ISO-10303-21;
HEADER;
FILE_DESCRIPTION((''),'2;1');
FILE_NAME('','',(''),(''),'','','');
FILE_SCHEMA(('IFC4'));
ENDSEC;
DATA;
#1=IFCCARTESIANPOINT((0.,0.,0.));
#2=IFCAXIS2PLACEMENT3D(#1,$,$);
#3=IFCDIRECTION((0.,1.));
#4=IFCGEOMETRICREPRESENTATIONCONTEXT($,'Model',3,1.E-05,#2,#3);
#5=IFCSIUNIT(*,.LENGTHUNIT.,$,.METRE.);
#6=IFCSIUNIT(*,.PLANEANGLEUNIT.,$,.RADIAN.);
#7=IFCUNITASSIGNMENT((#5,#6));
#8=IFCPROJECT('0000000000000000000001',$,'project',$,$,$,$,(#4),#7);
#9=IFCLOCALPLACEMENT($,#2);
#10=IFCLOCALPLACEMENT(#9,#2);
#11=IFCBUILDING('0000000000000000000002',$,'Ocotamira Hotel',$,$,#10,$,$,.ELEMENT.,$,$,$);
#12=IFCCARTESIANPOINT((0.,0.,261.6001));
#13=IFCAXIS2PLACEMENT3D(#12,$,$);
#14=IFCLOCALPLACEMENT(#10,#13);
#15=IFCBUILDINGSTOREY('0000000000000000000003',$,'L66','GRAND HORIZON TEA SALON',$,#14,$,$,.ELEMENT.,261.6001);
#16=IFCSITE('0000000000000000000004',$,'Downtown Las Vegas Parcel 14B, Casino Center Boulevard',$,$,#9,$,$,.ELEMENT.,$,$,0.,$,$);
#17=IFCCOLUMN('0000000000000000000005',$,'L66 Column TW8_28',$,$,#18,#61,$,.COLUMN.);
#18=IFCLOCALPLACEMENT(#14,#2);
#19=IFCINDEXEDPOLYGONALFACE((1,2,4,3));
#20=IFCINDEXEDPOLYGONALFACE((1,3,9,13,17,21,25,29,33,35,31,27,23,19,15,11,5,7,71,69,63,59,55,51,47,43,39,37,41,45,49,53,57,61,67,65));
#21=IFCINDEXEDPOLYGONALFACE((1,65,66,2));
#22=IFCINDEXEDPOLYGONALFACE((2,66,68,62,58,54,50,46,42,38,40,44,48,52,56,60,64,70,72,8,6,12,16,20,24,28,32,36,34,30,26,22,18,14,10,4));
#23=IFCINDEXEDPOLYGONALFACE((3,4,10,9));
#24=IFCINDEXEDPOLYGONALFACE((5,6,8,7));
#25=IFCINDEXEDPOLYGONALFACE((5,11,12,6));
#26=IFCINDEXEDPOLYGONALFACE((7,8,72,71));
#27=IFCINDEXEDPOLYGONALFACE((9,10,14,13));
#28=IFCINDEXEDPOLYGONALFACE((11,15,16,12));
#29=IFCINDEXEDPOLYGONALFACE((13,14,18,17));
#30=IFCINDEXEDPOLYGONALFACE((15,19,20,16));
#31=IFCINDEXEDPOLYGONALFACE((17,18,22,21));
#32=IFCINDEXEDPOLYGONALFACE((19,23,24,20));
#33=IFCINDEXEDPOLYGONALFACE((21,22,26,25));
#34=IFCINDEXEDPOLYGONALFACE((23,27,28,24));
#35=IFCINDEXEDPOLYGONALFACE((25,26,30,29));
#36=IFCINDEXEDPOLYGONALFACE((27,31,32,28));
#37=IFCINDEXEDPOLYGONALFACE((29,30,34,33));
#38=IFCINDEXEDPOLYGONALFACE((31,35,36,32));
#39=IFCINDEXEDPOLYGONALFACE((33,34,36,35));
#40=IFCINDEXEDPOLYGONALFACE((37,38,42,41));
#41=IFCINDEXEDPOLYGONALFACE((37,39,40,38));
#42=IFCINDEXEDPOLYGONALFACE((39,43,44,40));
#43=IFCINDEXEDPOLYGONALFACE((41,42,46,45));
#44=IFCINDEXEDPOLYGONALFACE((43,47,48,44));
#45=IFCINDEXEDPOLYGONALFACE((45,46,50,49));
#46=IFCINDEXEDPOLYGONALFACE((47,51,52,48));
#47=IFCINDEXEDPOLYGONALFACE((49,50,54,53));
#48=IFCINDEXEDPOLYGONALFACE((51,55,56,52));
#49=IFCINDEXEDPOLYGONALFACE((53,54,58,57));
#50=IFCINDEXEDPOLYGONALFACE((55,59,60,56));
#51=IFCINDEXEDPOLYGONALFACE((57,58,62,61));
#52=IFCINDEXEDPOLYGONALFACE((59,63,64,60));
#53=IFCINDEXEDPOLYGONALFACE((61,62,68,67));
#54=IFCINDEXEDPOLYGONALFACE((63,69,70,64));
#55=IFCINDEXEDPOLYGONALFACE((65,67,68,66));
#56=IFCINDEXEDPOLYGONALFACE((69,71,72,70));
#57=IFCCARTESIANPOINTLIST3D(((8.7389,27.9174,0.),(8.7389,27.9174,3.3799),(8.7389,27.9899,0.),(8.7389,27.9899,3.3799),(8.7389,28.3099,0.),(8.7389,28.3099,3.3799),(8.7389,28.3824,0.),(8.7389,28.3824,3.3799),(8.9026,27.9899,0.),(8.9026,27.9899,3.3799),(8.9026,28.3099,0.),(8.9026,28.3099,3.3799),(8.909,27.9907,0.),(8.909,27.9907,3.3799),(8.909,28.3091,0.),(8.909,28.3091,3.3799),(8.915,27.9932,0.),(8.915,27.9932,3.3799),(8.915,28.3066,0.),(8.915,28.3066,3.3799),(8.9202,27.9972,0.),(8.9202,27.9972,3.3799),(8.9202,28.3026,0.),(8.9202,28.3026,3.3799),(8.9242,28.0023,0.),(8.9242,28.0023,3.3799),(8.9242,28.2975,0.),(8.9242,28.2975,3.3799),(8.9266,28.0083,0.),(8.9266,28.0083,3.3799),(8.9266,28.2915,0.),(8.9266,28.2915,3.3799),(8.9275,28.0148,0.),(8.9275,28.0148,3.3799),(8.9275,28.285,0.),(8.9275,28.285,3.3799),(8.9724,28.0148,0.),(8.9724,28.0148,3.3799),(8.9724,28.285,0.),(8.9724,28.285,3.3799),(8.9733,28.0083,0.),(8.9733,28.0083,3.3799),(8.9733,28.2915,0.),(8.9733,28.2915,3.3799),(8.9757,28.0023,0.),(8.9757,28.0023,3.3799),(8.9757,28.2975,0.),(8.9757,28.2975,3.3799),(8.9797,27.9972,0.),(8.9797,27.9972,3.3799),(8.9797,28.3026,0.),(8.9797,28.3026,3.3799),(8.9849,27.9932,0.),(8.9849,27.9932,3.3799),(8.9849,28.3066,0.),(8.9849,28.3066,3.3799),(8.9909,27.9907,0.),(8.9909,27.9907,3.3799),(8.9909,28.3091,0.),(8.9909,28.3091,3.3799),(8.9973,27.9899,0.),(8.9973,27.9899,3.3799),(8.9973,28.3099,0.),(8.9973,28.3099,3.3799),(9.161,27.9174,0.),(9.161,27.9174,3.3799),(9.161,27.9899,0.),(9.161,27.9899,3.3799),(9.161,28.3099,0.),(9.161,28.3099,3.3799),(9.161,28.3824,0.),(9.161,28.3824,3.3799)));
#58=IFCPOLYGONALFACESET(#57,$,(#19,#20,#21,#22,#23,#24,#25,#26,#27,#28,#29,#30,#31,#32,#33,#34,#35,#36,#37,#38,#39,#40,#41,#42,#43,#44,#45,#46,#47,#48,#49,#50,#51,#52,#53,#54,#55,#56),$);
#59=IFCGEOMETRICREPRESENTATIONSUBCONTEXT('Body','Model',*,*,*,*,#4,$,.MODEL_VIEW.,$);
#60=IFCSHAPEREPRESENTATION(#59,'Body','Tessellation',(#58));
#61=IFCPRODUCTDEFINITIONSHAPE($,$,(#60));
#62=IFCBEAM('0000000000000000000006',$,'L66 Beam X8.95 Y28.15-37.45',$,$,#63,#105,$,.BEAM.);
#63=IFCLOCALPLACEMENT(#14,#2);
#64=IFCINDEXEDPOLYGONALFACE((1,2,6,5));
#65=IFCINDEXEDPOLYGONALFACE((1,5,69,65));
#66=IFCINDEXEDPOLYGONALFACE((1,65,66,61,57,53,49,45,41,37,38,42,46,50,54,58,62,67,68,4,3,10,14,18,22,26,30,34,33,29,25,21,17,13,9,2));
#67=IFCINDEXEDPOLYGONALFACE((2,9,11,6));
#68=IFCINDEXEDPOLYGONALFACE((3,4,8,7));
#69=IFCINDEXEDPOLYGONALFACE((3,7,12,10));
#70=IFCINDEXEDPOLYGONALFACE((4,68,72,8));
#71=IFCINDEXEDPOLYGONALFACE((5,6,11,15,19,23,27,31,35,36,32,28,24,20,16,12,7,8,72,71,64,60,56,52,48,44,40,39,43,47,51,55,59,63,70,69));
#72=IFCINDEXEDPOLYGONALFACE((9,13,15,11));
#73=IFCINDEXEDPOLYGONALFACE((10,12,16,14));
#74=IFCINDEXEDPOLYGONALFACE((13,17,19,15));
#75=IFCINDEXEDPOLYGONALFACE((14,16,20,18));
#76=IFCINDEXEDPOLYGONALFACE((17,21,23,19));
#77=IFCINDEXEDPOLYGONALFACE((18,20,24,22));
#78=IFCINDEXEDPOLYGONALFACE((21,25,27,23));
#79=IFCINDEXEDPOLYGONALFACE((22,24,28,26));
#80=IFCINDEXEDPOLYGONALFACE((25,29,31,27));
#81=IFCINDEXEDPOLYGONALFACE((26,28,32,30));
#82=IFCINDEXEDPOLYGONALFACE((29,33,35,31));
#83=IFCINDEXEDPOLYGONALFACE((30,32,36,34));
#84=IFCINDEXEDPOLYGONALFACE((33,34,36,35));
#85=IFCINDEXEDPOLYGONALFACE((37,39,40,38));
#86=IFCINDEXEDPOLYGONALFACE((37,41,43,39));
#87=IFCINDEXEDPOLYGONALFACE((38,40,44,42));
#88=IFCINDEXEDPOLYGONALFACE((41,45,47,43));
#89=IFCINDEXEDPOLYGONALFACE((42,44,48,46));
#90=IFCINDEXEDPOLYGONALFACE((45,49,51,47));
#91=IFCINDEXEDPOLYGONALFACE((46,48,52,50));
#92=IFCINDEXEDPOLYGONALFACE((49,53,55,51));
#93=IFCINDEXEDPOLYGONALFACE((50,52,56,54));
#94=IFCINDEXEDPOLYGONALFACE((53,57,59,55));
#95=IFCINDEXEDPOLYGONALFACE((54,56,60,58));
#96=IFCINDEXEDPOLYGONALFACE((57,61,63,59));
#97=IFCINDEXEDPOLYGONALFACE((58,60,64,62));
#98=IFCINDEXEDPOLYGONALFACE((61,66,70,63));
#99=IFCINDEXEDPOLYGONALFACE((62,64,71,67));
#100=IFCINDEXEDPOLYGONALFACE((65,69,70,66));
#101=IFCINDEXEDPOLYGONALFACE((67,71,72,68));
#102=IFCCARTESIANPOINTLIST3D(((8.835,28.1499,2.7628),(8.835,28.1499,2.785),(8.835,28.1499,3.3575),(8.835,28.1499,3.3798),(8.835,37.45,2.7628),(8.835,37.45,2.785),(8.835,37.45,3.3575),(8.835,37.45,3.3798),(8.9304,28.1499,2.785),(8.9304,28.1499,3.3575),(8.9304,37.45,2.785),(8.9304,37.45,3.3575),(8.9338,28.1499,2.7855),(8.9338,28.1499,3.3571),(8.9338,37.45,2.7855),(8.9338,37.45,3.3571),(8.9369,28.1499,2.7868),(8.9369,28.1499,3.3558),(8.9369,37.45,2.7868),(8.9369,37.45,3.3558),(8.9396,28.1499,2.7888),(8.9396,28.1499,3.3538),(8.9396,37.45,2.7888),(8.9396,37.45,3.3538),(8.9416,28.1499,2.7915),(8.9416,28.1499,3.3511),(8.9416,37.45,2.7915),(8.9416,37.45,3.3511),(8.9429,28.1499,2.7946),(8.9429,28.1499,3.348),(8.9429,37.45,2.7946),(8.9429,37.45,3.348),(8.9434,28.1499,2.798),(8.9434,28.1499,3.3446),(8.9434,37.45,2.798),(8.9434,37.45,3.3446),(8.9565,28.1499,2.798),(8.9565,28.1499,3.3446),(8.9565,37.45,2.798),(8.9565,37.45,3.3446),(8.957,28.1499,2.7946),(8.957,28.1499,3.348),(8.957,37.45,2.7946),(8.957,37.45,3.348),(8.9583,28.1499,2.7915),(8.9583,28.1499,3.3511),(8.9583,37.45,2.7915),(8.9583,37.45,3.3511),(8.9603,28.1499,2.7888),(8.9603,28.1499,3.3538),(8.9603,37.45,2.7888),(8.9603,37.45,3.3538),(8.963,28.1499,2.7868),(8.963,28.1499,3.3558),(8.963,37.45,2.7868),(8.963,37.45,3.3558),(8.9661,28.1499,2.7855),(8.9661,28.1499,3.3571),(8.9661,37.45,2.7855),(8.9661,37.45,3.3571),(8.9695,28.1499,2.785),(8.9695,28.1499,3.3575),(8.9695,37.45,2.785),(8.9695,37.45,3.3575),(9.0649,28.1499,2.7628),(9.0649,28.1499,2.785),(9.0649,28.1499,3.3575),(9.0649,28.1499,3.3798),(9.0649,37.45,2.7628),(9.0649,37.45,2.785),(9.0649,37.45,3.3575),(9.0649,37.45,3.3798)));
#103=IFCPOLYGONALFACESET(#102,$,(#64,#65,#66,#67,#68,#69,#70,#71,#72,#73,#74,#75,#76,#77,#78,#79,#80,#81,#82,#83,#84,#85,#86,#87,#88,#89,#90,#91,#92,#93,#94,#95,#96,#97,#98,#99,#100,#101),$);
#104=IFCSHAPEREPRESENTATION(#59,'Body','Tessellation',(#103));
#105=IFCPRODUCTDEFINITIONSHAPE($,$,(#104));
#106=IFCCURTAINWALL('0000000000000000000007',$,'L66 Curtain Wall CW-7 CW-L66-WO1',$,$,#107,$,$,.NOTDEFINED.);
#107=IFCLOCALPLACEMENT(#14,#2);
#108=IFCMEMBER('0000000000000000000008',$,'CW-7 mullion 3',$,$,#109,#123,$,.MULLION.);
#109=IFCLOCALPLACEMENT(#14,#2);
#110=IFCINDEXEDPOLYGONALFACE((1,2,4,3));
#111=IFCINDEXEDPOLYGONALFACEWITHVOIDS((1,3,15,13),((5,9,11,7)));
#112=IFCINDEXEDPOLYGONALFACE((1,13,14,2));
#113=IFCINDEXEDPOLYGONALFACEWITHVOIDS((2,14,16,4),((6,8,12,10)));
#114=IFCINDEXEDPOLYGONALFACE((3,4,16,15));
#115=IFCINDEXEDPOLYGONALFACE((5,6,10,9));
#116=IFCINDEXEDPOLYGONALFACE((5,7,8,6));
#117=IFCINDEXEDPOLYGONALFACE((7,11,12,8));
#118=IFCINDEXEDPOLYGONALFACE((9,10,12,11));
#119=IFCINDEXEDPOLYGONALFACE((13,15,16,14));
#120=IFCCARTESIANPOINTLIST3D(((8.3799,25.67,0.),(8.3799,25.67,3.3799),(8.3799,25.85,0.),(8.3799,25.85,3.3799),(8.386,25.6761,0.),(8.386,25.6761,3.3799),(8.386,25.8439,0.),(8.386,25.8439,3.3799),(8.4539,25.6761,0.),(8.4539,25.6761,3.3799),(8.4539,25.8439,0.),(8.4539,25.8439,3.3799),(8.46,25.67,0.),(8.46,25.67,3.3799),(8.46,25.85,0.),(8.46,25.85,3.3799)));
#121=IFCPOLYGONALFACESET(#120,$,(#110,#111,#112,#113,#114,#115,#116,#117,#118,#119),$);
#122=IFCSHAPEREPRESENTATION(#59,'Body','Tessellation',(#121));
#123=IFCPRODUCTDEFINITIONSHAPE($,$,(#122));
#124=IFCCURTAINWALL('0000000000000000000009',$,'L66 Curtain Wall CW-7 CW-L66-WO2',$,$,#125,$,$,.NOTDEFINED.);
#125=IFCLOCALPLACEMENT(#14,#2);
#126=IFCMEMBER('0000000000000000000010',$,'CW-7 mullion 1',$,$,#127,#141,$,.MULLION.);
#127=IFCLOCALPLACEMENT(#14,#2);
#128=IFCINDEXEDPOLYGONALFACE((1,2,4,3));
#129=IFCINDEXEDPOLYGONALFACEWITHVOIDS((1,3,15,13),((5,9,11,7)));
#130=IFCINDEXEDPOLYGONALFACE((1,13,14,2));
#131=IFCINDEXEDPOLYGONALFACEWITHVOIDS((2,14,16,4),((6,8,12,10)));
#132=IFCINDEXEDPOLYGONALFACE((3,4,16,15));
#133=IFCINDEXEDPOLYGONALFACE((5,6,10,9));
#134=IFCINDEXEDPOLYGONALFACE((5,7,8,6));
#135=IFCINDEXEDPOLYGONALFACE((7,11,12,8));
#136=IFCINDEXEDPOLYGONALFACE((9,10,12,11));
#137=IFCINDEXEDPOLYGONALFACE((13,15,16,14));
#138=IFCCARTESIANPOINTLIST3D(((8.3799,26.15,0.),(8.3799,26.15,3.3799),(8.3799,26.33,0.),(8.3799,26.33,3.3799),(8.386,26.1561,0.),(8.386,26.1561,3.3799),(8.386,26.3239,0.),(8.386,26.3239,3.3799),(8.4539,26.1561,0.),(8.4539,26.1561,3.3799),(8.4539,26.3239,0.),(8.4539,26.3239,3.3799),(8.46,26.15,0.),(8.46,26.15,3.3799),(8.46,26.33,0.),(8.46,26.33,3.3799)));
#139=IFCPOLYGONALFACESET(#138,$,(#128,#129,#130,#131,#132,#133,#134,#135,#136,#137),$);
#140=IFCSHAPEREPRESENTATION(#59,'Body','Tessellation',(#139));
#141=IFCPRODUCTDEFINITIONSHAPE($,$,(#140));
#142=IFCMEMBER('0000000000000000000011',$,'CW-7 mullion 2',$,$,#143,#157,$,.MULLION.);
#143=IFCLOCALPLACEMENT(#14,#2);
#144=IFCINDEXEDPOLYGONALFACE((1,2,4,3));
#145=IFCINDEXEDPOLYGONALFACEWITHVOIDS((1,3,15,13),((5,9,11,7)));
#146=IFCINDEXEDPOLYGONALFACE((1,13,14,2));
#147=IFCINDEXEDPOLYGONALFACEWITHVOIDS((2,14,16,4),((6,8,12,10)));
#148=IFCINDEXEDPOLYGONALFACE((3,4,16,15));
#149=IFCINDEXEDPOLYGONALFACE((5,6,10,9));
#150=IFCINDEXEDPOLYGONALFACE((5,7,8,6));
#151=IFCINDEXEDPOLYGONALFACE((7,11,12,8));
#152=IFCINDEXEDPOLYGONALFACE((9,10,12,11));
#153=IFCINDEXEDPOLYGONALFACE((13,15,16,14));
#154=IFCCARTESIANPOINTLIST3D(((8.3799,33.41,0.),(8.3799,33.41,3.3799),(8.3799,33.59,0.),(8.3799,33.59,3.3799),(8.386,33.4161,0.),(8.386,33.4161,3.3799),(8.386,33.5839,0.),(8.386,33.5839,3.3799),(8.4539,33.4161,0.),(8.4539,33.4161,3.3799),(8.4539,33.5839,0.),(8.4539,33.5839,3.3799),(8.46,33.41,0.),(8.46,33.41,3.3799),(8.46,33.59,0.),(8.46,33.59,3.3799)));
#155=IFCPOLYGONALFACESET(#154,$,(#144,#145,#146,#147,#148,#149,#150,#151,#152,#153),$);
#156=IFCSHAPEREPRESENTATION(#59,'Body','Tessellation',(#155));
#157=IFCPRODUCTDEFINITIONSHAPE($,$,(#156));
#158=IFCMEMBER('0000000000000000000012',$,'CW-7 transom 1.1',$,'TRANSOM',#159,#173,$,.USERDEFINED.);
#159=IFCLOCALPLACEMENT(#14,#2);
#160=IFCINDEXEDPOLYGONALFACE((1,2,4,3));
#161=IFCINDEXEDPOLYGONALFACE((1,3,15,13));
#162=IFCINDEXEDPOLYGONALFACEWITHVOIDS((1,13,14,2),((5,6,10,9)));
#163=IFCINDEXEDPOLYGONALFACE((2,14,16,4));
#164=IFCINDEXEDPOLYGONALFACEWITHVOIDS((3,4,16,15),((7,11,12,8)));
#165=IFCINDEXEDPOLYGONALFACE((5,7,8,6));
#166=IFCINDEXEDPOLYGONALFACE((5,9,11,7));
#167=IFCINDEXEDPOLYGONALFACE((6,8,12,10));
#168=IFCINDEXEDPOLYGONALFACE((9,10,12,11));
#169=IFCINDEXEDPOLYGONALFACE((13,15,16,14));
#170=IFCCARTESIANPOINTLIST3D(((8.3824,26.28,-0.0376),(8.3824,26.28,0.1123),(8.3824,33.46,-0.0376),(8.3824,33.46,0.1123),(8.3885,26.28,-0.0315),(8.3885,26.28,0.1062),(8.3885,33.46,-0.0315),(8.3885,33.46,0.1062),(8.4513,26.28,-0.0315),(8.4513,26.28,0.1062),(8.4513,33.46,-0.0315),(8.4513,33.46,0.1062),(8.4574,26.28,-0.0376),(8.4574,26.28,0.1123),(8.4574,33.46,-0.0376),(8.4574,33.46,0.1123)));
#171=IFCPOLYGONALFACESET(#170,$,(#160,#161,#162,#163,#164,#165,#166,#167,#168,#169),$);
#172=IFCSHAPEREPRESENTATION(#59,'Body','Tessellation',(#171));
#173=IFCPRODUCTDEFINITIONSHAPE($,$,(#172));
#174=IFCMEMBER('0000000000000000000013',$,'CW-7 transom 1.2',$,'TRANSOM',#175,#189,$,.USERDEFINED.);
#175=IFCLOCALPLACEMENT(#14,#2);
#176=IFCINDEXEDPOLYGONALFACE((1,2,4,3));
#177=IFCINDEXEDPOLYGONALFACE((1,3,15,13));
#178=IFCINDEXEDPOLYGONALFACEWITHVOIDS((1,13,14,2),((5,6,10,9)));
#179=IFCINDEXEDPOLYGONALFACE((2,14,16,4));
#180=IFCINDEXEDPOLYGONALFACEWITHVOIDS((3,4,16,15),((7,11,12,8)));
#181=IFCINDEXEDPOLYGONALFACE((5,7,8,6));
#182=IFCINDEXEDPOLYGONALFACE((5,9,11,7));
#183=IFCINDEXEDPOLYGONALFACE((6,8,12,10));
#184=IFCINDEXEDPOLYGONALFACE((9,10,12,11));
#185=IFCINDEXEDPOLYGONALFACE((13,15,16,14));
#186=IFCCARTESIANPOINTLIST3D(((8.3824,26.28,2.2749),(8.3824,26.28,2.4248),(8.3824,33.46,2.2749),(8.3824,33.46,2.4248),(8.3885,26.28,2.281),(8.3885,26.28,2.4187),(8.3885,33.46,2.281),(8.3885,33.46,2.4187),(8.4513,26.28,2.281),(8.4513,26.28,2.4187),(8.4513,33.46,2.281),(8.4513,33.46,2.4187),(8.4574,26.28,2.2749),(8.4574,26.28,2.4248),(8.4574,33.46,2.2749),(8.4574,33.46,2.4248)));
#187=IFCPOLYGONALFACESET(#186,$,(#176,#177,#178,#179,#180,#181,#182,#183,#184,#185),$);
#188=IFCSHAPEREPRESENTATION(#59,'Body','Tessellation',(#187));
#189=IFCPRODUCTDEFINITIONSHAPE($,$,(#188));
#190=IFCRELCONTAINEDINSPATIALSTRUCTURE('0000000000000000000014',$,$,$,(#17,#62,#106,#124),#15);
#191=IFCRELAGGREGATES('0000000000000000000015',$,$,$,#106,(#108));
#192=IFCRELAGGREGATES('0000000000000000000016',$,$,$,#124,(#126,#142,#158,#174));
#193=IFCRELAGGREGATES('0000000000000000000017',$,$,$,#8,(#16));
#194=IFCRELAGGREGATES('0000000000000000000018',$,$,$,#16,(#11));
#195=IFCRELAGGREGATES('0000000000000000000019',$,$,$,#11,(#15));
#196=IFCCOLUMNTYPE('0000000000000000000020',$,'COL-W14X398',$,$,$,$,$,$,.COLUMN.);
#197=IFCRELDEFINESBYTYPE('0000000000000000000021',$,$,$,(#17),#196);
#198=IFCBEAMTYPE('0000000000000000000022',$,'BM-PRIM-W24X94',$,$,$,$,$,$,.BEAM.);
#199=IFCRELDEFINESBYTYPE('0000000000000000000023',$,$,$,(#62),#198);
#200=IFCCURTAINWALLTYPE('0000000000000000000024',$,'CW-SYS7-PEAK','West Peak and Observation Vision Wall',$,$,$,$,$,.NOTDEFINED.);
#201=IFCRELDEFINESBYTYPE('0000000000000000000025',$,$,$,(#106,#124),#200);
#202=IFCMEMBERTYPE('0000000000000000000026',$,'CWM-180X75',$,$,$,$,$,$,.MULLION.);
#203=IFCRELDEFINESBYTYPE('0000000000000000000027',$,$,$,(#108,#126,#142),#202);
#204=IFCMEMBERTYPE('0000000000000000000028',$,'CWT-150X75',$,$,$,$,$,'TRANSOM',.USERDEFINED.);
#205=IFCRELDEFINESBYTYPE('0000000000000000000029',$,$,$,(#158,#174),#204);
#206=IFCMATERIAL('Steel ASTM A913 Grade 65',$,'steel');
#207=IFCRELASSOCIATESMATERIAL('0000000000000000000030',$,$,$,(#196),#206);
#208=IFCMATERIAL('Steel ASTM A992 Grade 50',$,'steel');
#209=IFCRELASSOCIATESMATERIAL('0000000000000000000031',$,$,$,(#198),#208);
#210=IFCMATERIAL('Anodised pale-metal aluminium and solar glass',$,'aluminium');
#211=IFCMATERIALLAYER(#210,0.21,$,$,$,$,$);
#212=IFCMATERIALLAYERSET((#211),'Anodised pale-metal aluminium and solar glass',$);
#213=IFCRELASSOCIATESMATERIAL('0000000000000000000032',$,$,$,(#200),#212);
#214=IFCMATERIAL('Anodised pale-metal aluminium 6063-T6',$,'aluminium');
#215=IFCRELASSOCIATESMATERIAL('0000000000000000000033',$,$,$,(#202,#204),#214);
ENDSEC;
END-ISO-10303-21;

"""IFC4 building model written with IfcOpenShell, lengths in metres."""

from ifc_helpers import new_model, si_unit, direction, frame, origin, origin_2d, place, context, subcontext, project, spatial, hollow_rectangle, i_section, extrude, source, transform, mapped, material, layer, layer_set, material_profile, profile_set, type_object, element, aggregate, save


model = new_model("IFC4")

# Units and contexts
model_context = context("Model", 3, precision=1e-05, world=origin(), true_north=direction((0.0, 1.0)))
body_context = subcontext(model_context, "Body", "Model", "MODEL_VIEW")
ifc_project = project(units=[si_unit("LENGTHUNIT", "METRE"), si_unit("PLANEANGLEUNIT", "RADIAN")], contexts=[model_context])

# Site, building, storey
site_placement = place(None, origin())
site = spatial("IfcSite", under=ifc_project, at=site_placement, Name="Downtown Las Vegas Parcel 14B, Casino Center Boulevard", CompositionType="ELEMENT", RefElevation=0.0)
building_placement = place(site_placement, origin())
building = spatial("IfcBuilding", under=site, at=building_placement, Name="Ocotamira Hotel", CompositionType="ELEMENT")
storey_placement = place(building_placement, frame((0.0, 0.0, 261.6001)))
storey = spatial("IfcBuildingStorey", under=building, at=storey_placement, Name="L66", Description="GRAND HORIZON TEA SALON", CompositionType="ELEMENT", Elevation=261.6001)

# Column
ifc_material_1 = material(Name="Steel ASTM A913 Grade 65", Category="steel")
ifc_material_profile_1 = material_profile(ifc_material_1, i_section(OverallWidth=0.4221, OverallDepth=0.4651, WebThickness=0.0449, FlangeThickness=0.0725, FilletRadius=0.0249, at=origin_2d()), Name="W14X398")
ifc_profile_set_1 = profile_set([ifc_material_profile_1], Name="Steel ASTM A913 Grade 65")
column_type = type_object("IfcColumnType", Name="COL-W14X398", PredefinedType="COLUMN", material=ifc_profile_set_1)
shared_shape_1 = source(origin(), body_context, "Body", "SweptSolid", [
    extrude(i_section(OverallWidth=0.4221, OverallDepth=0.4651, WebThickness=0.0449, FlangeThickness=0.0725, FilletRadius=0.0249, at=origin_2d()), origin(), (0.0, 0.0, 1.0), 3.3799),
])
column_placement = place(storey_placement, frame((8.95, 28.1499, 0.0), z_axis=(0.0, 0.0, 1.0), x_axis=(1.0, 0.0, 0.0)))
element("IfcColumn", 1, at=column_placement, inside=storey, type_object=column_type, Name="L66 Column TW8_28", PredefinedType="COLUMN", context=body_context, shape_type="MappedRepresentation", body=[
    mapped(shared_shape_1, transform((0.0, 0.0, 0.0), scale=1.0)),
])

# Beam
ifc_material_2 = material(Name="Steel ASTM A992 Grade 50", Category="steel")
ifc_material_profile_2 = material_profile(ifc_material_2, i_section(OverallWidth=0.23, OverallDepth=0.6169, WebThickness=0.0132, FlangeThickness=0.0222, FilletRadius=0.0129, at=origin_2d()), Name="W24X94")
ifc_profile_set_2 = profile_set([ifc_material_profile_2], Name="Steel ASTM A992 Grade 50")
beam_type = type_object("IfcBeamType", Name="BM-PRIM-W24X94", PredefinedType="BEAM", material=ifc_profile_set_2)
shared_shape_2 = source(origin(), body_context, "Body", "SweptSolid", [
    extrude(i_section(OverallWidth=0.23, OverallDepth=0.6169, WebThickness=0.0132, FlangeThickness=0.0222, FilletRadius=0.0129, at=origin_2d()), origin(), (0.0, 0.0, 1.0), 9.3),
])
beam_placement = place(storey_placement, frame((8.95, 28.1499, 3.0713), z_axis=(0.0, 1.0, 0.0), x_axis=(-1.0, 0.0, 0.0)))
element("IfcBeam", 2, at=beam_placement, inside=storey, type_object=beam_type, Name="L66 Beam X8.95 Y28.15-37.45", PredefinedType="BEAM", context=body_context, shape_type="MappedRepresentation", body=[
    mapped(shared_shape_2, transform((0.0, 0.0, 0.0), scale=1.0)),
])

# Curtain wall, member
ifc_material_3 = material(Name="Anodised pale-metal aluminium and solar glass", Category="aluminium")
ifc_layer_1 = layer(ifc_material_3, 0.21)
ifc_layer_set_1 = layer_set([ifc_layer_1], Name="Anodised pale-metal aluminium and solar glass")
curtain_wall_type = type_object("IfcCurtainWallType", Name="CW-SYS7-PEAK", Description="West Peak and Observation Vision Wall", PredefinedType="NOTDEFINED", material=ifc_layer_set_1)
curtain_wall_1_placement = place(storey_placement, origin())
curtain_wall_1 = element("IfcCurtainWall", 3, at=curtain_wall_1_placement, inside=storey, type_object=curtain_wall_type, Name="L66 Curtain Wall CW-7 CW-L66-WO1", PredefinedType="NOTDEFINED")
ifc_material_4 = material(Name="Anodised pale-metal aluminium 6063-T6", Category="aluminium")
ifc_material_profile_3 = material_profile(ifc_material_4, hollow_rectangle(XDim=0.0801, YDim=0.1799, WallThickness=0.0061, at=origin_2d()), Name="HSS180X80X6")
ifc_profile_set_3 = profile_set([ifc_material_profile_3], Name="Anodised pale-metal aluminium 6063-T6")
member_type_1 = type_object("IfcMemberType", Name="CWM-180X75", PredefinedType="MULLION", material=ifc_profile_set_3)
shared_shape_3 = source(origin(), body_context, "Body", "SweptSolid", [
    extrude(hollow_rectangle(XDim=0.0801, YDim=0.1799, WallThickness=0.0061, at=origin_2d()), origin(), (0.0, 0.0, 1.0), 3.3799),
])
member_1_placement = place(storey_placement, frame((8.4199, 25.76, 0.0), z_axis=(0.0, 0.0, 1.0), x_axis=(-1.0, 0.0, 0.0)))
member_1 = element("IfcMember", 4, at=member_1_placement, type_object=member_type_1, Name="CW-7 mullion 3", PredefinedType="MULLION", context=body_context, shape_type="MappedRepresentation", body=[
    mapped(shared_shape_3, transform((0.0, 0.0, 0.0), scale=1.0)),
])
aggregate(curtain_wall_1, [member_1])

# Curtain wall, members
curtain_wall_2_placement = place(storey_placement, origin())
curtain_wall_2 = element("IfcCurtainWall", 5, at=curtain_wall_2_placement, inside=storey, type_object=curtain_wall_type, Name="L66 Curtain Wall CW-7 CW-L66-WO2", PredefinedType="NOTDEFINED")
member_2_placement = place(storey_placement, frame((8.4199, 26.24, 0.0), z_axis=(0.0, 0.0, 1.0), x_axis=(-1.0, 0.0, 0.0)))
member_2 = element("IfcMember", 6, at=member_2_placement, type_object=member_type_1, Name="CW-7 mullion 1", PredefinedType="MULLION", context=body_context, shape_type="MappedRepresentation", body=[
    mapped(shared_shape_3, transform((0.0, 0.0, 0.0), scale=1.0)),
])
member_3_placement = place(storey_placement, frame((8.4199, 33.5, 0.0), z_axis=(0.0, 0.0, 1.0), x_axis=(-1.0, 0.0, 0.0)))
member_3 = element("IfcMember", 7, at=member_3_placement, type_object=member_type_1, Name="CW-7 mullion 2", PredefinedType="MULLION", context=body_context, shape_type="MappedRepresentation", body=[
    mapped(shared_shape_3, transform((0.0, 0.0, 0.0), scale=1.0)),
])
ifc_material_profile_4 = material_profile(ifc_material_4, hollow_rectangle(XDim=0.075, YDim=0.1499, WallThickness=0.0061, at=origin_2d()), Name="HSS150X75X6")
ifc_profile_set_4 = profile_set([ifc_material_profile_4], Name="Anodised pale-metal aluminium 6063-T6")
member_type_2 = type_object("IfcMemberType", Name="CWT-150X75", ElementType="TRANSOM", PredefinedType="USERDEFINED", material=ifc_profile_set_4)
shared_shape_4 = source(origin(), body_context, "Body", "SweptSolid", [
    extrude(hollow_rectangle(XDim=0.075, YDim=0.1499, WallThickness=0.0061, at=origin_2d()), origin(), (0.0, 0.0, 1.0), 7.1799),
])
member_4_placement = place(storey_placement, frame((8.4199, 26.28, 0.0374), z_axis=(0.0, 1.0, 0.0), x_axis=(-1.0, 0.0, 0.0)))
member_4 = element("IfcMember", 8, at=member_4_placement, type_object=member_type_2, Name="CW-7 transom 1.1", ObjectType="TRANSOM", PredefinedType="USERDEFINED", context=body_context, shape_type="MappedRepresentation", body=[
    mapped(shared_shape_4, transform((0.0, 0.0, 0.0), scale=1.0)),
])
member_5_placement = place(storey_placement, frame((8.4199, 26.28, 2.3499), z_axis=(0.0, 1.0, 0.0), x_axis=(-1.0, 0.0, 0.0)))
member_5 = element("IfcMember", 9, at=member_5_placement, type_object=member_type_2, Name="CW-7 transom 1.2", ObjectType="TRANSOM", PredefinedType="USERDEFINED", context=body_context, shape_type="MappedRepresentation", body=[
    mapped(shared_shape_4, transform((0.0, 0.0, 0.0), scale=1.0)),
])
aggregate(curtain_wall_2, [member_2, member_3, member_4, member_5])

save(model, "model.ifc")
